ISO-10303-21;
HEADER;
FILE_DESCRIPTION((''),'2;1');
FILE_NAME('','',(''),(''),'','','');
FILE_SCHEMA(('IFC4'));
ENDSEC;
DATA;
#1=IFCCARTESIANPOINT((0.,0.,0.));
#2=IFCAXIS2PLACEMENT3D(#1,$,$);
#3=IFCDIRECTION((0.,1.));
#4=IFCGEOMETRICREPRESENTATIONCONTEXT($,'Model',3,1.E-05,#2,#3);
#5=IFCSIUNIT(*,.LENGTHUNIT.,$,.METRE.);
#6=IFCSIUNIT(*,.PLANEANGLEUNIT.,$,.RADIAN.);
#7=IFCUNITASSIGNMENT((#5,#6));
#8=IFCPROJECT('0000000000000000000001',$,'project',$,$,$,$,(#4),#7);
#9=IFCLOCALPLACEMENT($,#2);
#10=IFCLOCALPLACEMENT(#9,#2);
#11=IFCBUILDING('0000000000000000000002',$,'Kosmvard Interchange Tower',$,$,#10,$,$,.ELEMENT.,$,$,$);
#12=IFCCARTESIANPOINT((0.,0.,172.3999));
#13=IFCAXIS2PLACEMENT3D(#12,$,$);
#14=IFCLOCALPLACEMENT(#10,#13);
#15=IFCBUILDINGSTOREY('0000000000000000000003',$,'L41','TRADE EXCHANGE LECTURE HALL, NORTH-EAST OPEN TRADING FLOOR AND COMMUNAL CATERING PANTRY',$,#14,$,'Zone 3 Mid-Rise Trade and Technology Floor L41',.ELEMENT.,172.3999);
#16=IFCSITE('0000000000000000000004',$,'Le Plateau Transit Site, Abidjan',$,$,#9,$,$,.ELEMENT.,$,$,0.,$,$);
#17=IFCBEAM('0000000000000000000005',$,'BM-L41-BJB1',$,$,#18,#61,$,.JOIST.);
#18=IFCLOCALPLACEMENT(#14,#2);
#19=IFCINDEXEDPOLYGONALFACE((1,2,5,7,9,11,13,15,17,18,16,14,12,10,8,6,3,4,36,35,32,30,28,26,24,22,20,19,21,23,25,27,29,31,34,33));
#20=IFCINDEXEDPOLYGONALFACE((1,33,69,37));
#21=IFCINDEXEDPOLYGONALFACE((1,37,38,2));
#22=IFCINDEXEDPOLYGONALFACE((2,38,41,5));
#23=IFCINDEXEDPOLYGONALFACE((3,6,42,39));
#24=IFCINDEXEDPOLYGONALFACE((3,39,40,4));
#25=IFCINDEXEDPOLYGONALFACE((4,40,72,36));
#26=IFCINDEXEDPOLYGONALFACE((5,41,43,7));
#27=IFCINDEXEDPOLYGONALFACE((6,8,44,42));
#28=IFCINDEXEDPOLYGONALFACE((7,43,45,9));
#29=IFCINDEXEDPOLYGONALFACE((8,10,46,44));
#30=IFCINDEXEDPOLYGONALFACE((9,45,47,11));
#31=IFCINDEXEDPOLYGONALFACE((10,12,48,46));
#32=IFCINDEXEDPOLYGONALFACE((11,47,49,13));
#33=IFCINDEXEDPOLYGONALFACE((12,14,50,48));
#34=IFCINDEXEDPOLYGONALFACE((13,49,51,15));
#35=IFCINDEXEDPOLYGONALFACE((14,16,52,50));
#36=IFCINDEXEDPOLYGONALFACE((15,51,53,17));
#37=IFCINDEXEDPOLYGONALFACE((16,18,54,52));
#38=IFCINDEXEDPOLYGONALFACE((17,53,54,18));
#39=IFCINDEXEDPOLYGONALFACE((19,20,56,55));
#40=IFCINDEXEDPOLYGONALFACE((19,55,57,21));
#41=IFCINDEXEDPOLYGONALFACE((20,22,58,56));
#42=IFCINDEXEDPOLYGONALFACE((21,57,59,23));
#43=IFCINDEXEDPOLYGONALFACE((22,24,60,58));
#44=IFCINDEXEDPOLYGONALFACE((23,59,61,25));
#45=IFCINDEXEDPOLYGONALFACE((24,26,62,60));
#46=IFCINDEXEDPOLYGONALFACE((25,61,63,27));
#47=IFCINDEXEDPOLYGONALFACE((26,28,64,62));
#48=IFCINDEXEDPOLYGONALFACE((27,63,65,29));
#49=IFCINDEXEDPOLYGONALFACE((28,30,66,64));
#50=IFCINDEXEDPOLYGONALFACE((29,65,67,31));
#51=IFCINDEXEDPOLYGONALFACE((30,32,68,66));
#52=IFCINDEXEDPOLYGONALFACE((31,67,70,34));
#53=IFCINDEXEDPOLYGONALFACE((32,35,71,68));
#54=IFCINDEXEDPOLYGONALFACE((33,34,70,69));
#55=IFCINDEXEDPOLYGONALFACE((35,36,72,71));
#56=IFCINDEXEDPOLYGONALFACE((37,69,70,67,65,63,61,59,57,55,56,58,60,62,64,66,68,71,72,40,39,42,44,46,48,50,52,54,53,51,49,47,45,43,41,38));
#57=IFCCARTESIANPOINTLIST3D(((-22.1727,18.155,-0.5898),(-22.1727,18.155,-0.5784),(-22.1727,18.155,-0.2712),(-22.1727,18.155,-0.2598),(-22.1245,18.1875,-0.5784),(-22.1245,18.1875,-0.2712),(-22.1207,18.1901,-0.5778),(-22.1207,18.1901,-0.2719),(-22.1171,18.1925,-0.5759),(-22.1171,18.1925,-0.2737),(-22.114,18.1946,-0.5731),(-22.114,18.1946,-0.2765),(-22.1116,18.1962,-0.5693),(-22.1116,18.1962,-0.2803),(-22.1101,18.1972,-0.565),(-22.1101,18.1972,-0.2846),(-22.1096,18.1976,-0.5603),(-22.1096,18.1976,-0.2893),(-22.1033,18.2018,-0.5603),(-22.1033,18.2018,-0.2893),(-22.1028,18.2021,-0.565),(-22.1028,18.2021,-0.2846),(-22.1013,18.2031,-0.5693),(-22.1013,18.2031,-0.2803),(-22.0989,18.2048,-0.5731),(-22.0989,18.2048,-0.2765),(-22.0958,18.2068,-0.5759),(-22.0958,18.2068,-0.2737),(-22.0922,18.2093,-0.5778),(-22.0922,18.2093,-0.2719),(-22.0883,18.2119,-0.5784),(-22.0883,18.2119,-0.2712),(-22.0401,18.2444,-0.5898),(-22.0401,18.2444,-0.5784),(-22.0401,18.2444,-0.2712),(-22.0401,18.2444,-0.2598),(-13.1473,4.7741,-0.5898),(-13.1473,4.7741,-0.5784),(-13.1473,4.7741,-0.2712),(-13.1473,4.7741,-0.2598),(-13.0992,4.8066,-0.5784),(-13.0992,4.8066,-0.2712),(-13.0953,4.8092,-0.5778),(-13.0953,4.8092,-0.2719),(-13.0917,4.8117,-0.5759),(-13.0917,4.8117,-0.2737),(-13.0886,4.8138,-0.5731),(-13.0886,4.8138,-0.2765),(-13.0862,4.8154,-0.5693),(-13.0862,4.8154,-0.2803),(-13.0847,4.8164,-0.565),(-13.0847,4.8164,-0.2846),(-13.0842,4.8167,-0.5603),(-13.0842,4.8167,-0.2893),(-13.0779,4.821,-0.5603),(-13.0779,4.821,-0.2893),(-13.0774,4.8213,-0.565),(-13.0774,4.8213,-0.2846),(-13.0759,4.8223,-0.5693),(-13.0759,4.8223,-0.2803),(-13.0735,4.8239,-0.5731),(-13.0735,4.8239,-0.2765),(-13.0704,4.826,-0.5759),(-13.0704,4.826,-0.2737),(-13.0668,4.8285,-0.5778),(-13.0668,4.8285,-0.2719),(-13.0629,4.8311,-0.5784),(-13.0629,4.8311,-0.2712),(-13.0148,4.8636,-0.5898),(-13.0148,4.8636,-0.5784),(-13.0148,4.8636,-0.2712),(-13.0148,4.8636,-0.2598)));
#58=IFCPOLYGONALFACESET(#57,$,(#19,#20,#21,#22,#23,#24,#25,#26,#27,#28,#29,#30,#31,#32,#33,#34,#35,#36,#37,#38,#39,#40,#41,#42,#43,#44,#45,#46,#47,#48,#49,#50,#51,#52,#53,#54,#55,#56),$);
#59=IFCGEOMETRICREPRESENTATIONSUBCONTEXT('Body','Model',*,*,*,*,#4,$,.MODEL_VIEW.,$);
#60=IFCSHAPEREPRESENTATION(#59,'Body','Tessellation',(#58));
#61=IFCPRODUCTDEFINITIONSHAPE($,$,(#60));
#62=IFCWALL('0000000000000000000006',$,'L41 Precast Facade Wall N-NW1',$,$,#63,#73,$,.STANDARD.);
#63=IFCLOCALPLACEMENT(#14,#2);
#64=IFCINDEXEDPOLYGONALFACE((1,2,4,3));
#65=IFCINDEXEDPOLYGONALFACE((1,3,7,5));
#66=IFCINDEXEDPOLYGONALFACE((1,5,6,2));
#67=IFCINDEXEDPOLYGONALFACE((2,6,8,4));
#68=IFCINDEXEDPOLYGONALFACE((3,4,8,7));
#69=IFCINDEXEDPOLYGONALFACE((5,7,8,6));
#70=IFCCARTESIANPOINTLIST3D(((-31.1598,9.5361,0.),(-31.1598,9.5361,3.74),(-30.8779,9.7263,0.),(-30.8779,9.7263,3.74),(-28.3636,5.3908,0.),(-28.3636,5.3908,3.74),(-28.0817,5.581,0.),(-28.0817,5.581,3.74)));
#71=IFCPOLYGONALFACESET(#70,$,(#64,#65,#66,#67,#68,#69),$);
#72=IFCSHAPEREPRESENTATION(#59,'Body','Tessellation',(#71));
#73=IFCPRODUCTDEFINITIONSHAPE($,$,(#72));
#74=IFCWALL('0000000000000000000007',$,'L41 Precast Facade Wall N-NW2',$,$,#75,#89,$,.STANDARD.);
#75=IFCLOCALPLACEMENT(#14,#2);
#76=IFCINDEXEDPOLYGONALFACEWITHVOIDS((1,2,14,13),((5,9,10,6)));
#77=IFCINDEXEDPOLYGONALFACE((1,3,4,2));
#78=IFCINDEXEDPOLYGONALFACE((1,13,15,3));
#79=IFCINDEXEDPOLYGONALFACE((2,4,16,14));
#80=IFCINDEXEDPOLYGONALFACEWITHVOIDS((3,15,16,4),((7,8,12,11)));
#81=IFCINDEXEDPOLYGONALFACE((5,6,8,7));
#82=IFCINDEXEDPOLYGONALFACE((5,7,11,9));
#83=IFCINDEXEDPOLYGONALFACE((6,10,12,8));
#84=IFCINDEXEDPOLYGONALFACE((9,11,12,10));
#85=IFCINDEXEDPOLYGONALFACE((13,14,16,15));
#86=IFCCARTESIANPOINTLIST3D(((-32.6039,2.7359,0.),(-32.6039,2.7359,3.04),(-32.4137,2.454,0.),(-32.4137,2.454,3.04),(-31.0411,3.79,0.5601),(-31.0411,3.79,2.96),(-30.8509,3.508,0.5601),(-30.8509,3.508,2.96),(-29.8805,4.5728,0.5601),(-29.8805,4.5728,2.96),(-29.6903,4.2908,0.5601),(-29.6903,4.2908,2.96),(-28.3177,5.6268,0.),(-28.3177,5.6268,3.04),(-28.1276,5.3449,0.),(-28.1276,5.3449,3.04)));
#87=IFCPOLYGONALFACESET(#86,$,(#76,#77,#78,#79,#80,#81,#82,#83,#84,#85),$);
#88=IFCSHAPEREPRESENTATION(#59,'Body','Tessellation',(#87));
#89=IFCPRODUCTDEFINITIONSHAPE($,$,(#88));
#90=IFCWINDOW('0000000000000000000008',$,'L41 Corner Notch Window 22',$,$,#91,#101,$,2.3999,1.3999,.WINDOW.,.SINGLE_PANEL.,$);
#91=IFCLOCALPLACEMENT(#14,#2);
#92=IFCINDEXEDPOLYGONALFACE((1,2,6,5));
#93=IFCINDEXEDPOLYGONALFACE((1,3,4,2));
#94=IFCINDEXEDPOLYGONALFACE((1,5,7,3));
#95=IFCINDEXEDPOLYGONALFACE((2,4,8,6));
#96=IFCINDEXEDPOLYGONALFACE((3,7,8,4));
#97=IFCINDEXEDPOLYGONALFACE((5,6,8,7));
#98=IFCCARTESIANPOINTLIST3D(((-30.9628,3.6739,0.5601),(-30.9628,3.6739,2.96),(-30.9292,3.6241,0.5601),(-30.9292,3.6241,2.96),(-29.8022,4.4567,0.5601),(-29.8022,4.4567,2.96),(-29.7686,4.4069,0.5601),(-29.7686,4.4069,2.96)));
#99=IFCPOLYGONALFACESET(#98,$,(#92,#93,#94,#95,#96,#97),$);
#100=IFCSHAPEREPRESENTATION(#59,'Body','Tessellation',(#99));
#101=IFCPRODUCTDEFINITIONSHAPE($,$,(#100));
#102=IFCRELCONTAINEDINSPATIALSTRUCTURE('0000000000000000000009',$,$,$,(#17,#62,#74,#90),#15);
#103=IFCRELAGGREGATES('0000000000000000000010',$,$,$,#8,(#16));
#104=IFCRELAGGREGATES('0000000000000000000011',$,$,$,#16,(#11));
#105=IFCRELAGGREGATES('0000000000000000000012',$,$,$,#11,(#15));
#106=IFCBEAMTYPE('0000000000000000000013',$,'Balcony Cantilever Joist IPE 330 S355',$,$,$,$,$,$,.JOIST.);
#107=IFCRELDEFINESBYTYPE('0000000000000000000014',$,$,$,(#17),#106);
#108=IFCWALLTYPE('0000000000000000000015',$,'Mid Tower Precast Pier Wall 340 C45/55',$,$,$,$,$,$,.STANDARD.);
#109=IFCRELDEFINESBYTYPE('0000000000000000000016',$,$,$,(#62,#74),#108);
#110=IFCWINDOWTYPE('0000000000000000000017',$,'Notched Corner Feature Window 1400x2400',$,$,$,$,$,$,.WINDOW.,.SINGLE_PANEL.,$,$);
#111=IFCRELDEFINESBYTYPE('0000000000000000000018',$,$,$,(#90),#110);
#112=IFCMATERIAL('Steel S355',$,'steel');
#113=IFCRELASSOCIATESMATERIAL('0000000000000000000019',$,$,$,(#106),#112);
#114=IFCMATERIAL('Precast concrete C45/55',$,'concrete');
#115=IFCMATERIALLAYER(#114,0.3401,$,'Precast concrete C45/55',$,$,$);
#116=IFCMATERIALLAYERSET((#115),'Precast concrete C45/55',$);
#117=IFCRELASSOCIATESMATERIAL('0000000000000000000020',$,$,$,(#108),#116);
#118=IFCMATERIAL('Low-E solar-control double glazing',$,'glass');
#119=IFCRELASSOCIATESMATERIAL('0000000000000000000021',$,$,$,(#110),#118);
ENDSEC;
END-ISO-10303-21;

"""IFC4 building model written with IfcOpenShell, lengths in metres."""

from ifc_helpers import new_model, si_unit, direction, frame, frame_2d, origin, origin_2d, place, context, subcontext, project, spatial, rectangle, i_section, extrude, source, transform, mapped, material, layer, layer_set, material_profile, profile_set, type_object, element, fill, save


model = new_model("IFC4")

# Units and contexts
model_context = context("Model", 3, precision=1e-05, world=origin(), true_north=direction((0.0, 1.0)))
body_context = subcontext(model_context, "Body", "Model", "MODEL_VIEW")
ifc_project = project(units=[si_unit("LENGTHUNIT", "METRE"), si_unit("PLANEANGLEUNIT", "RADIAN")], contexts=[model_context])

# Site, building, storey
site_placement = place(None, origin())
site = spatial("IfcSite", under=ifc_project, at=site_placement, Name="Le Plateau Transit Site, Abidjan", CompositionType="ELEMENT", RefElevation=0.0)
building_placement = place(site_placement, origin())
building = spatial("IfcBuilding", under=site, at=building_placement, Name="Kosmvard Interchange Tower", CompositionType="ELEMENT")
storey_placement = place(building_placement, frame((0.0, 0.0, 172.3999)))
storey = spatial("IfcBuildingStorey", under=building, at=storey_placement, Name="L41", Description="TRADE EXCHANGE LECTURE HALL, NORTH-EAST OPEN TRADING FLOOR AND COMMUNAL CATERING PANTRY", LongName="Zone 3 Mid-Rise Trade and Technology Floor L41", CompositionType="ELEMENT", Elevation=172.3999)

# Beam
ifc_material_1 = material(Name="Steel S355", Category="steel")
ifc_material_2 = material(Name="Precast concrete C45/55", Category="concrete")
ifc_material_profile_1 = material_profile(ifc_material_1, i_section(OverallWidth=0.1599, OverallDepth=0.3301, WebThickness=0.0076, FlangeThickness=0.0115, FilletRadius=0.0181, at=origin_2d()), Name="IPE 330")
ifc_profile_set_1 = profile_set([ifc_material_profile_1], Name="Steel S355")
beam_type_1 = type_object("IfcBeamType", Name="Balcony Cantilever Joist IPE 330 S355", PredefinedType="JOIST", material=ifc_profile_set_1)
shared_shape_1 = source(origin(), body_context, "Body", "SweptSolid", [
    extrude(i_section(OverallWidth=0.1599, OverallDepth=0.3301, WebThickness=0.0076, FlangeThickness=0.0115, FilletRadius=0.0181, at=origin_2d()), origin(), (0.0, 0.0, 1.0), 16.1401),
])
beam_1_placement = place(storey_placement, frame((-13.0811, 4.8188, -0.4248), z_axis=(-0.559188, 0.829041, 0.0), x_axis=(-0.829041, -0.559188, 0.0)))
element("IfcBeam", 1, at=beam_1_placement, inside=storey, type_object=beam_type_1, Name="BM-L41-BJB1", PredefinedType="JOIST", context=body_context, shape_type="MappedRepresentation", body=[
    mapped(shared_shape_1, transform((0.0, 0.0, 0.0), scale=1.0)),
])

# Wall
ifc_layer_1 = layer(ifc_material_2, 0.3401, Name="Precast concrete C45/55")
ifc_layer_set_1 = layer_set([ifc_layer_1], Name="Precast concrete C45/55")
wall_type = type_object("IfcWallType", Name="Mid Tower Precast Pier Wall 340 C45/55", PredefinedType="STANDARD", material=ifc_layer_set_1)
wall_1_placement = place(storey_placement, frame((-31.0188, 9.6311, 0.0), z_axis=(0.0, 0.0, 1.0), x_axis=(0.55921, -0.829026, 0.0)))
element("IfcWall", 2, at=wall_1_placement, inside=storey, type_object=wall_type, Name="L41 Precast Facade Wall N-NW1", PredefinedType="STANDARD", context=body_context, shape_type="SweptSolid", body=[
    extrude(rectangle(XDim=5.0002, YDim=0.3401, at=frame_2d((2.5, 0.0))), origin(), (0.0, 0.0, 1.0), 3.74),
])

# Wall, opening, window
wall_2_placement = place(storey_placement, frame((-28.2227, 5.4858, 0.0), z_axis=(0.0, 0.0, 1.0), x_axis=(-0.829052, -0.559171, 0.0)))
wall_2 = element("IfcWall", 3, at=wall_2_placement, inside=storey, type_object=wall_type, Name="L41 Precast Facade Wall N-NW2", PredefinedType="STANDARD", context=body_context, shape_type="SweptSolid", body=[
    extrude(rectangle(XDim=5.1699, YDim=0.3401, at=frame_2d((2.585, 0.0))), origin(), (0.0, 0.0, 1.0), 3.04),
])
opening_1_placement = place(wall_2_placement, frame((1.885, 0.0, 0.5601)))
opening_1 = element("IfcOpeningElement", 4, at=opening_1_placement, cuts=wall_2, PredefinedType="OPENING", context=body_context, shape_type="SweptSolid", body=[
    extrude(rectangle(XDim=1.3999, YDim=2.3999, at=frame_2d((0.7, 1.2))), frame((0.0, 0.1802, 0.0), z_axis=(0.0, -1.0, 0.0), x_axis=(1.0, 0.0, 0.0)), (0.0, 0.0, 1.0), 0.3601),
])
ifc_material_3 = material(Name="Low-E solar-control double glazing", Category="glass")
window_type_1 = type_object("IfcWindowType", Name="Notched Corner Feature Window 1400x2400", PartitioningType="SINGLE_PANEL", PredefinedType="WINDOW", material=ifc_material_3)
shared_shape_2 = source(origin(), body_context, "Body", "SweptSolid", [
    extrude(rectangle(XDim=1.3999, YDim=2.3999, at=frame_2d((0.7, 1.2))), frame((0.0, 0.03, 0.0), z_axis=(0.0, -1.0, 0.0), x_axis=(1.0, 0.0, 0.0)), (0.0, 0.0, 1.0), 0.0601),
])
window_1_placement = place(opening_1_placement, origin())
window_1 = element("IfcWindow", 5, at=window_1_placement, inside=storey, type_object=window_type_1, Name="L41 Corner Notch Window 22", OverallHeight=2.3999, OverallWidth=1.3999, PartitioningType="SINGLE_PANEL", PredefinedType="WINDOW", context=body_context, shape_type="MappedRepresentation", body=[
    mapped(shared_shape_2, transform((0.0, 0.0, 0.0), scale=1.0)),
])
fill(opening_1, window_1)

save(model, "model.ifc")
